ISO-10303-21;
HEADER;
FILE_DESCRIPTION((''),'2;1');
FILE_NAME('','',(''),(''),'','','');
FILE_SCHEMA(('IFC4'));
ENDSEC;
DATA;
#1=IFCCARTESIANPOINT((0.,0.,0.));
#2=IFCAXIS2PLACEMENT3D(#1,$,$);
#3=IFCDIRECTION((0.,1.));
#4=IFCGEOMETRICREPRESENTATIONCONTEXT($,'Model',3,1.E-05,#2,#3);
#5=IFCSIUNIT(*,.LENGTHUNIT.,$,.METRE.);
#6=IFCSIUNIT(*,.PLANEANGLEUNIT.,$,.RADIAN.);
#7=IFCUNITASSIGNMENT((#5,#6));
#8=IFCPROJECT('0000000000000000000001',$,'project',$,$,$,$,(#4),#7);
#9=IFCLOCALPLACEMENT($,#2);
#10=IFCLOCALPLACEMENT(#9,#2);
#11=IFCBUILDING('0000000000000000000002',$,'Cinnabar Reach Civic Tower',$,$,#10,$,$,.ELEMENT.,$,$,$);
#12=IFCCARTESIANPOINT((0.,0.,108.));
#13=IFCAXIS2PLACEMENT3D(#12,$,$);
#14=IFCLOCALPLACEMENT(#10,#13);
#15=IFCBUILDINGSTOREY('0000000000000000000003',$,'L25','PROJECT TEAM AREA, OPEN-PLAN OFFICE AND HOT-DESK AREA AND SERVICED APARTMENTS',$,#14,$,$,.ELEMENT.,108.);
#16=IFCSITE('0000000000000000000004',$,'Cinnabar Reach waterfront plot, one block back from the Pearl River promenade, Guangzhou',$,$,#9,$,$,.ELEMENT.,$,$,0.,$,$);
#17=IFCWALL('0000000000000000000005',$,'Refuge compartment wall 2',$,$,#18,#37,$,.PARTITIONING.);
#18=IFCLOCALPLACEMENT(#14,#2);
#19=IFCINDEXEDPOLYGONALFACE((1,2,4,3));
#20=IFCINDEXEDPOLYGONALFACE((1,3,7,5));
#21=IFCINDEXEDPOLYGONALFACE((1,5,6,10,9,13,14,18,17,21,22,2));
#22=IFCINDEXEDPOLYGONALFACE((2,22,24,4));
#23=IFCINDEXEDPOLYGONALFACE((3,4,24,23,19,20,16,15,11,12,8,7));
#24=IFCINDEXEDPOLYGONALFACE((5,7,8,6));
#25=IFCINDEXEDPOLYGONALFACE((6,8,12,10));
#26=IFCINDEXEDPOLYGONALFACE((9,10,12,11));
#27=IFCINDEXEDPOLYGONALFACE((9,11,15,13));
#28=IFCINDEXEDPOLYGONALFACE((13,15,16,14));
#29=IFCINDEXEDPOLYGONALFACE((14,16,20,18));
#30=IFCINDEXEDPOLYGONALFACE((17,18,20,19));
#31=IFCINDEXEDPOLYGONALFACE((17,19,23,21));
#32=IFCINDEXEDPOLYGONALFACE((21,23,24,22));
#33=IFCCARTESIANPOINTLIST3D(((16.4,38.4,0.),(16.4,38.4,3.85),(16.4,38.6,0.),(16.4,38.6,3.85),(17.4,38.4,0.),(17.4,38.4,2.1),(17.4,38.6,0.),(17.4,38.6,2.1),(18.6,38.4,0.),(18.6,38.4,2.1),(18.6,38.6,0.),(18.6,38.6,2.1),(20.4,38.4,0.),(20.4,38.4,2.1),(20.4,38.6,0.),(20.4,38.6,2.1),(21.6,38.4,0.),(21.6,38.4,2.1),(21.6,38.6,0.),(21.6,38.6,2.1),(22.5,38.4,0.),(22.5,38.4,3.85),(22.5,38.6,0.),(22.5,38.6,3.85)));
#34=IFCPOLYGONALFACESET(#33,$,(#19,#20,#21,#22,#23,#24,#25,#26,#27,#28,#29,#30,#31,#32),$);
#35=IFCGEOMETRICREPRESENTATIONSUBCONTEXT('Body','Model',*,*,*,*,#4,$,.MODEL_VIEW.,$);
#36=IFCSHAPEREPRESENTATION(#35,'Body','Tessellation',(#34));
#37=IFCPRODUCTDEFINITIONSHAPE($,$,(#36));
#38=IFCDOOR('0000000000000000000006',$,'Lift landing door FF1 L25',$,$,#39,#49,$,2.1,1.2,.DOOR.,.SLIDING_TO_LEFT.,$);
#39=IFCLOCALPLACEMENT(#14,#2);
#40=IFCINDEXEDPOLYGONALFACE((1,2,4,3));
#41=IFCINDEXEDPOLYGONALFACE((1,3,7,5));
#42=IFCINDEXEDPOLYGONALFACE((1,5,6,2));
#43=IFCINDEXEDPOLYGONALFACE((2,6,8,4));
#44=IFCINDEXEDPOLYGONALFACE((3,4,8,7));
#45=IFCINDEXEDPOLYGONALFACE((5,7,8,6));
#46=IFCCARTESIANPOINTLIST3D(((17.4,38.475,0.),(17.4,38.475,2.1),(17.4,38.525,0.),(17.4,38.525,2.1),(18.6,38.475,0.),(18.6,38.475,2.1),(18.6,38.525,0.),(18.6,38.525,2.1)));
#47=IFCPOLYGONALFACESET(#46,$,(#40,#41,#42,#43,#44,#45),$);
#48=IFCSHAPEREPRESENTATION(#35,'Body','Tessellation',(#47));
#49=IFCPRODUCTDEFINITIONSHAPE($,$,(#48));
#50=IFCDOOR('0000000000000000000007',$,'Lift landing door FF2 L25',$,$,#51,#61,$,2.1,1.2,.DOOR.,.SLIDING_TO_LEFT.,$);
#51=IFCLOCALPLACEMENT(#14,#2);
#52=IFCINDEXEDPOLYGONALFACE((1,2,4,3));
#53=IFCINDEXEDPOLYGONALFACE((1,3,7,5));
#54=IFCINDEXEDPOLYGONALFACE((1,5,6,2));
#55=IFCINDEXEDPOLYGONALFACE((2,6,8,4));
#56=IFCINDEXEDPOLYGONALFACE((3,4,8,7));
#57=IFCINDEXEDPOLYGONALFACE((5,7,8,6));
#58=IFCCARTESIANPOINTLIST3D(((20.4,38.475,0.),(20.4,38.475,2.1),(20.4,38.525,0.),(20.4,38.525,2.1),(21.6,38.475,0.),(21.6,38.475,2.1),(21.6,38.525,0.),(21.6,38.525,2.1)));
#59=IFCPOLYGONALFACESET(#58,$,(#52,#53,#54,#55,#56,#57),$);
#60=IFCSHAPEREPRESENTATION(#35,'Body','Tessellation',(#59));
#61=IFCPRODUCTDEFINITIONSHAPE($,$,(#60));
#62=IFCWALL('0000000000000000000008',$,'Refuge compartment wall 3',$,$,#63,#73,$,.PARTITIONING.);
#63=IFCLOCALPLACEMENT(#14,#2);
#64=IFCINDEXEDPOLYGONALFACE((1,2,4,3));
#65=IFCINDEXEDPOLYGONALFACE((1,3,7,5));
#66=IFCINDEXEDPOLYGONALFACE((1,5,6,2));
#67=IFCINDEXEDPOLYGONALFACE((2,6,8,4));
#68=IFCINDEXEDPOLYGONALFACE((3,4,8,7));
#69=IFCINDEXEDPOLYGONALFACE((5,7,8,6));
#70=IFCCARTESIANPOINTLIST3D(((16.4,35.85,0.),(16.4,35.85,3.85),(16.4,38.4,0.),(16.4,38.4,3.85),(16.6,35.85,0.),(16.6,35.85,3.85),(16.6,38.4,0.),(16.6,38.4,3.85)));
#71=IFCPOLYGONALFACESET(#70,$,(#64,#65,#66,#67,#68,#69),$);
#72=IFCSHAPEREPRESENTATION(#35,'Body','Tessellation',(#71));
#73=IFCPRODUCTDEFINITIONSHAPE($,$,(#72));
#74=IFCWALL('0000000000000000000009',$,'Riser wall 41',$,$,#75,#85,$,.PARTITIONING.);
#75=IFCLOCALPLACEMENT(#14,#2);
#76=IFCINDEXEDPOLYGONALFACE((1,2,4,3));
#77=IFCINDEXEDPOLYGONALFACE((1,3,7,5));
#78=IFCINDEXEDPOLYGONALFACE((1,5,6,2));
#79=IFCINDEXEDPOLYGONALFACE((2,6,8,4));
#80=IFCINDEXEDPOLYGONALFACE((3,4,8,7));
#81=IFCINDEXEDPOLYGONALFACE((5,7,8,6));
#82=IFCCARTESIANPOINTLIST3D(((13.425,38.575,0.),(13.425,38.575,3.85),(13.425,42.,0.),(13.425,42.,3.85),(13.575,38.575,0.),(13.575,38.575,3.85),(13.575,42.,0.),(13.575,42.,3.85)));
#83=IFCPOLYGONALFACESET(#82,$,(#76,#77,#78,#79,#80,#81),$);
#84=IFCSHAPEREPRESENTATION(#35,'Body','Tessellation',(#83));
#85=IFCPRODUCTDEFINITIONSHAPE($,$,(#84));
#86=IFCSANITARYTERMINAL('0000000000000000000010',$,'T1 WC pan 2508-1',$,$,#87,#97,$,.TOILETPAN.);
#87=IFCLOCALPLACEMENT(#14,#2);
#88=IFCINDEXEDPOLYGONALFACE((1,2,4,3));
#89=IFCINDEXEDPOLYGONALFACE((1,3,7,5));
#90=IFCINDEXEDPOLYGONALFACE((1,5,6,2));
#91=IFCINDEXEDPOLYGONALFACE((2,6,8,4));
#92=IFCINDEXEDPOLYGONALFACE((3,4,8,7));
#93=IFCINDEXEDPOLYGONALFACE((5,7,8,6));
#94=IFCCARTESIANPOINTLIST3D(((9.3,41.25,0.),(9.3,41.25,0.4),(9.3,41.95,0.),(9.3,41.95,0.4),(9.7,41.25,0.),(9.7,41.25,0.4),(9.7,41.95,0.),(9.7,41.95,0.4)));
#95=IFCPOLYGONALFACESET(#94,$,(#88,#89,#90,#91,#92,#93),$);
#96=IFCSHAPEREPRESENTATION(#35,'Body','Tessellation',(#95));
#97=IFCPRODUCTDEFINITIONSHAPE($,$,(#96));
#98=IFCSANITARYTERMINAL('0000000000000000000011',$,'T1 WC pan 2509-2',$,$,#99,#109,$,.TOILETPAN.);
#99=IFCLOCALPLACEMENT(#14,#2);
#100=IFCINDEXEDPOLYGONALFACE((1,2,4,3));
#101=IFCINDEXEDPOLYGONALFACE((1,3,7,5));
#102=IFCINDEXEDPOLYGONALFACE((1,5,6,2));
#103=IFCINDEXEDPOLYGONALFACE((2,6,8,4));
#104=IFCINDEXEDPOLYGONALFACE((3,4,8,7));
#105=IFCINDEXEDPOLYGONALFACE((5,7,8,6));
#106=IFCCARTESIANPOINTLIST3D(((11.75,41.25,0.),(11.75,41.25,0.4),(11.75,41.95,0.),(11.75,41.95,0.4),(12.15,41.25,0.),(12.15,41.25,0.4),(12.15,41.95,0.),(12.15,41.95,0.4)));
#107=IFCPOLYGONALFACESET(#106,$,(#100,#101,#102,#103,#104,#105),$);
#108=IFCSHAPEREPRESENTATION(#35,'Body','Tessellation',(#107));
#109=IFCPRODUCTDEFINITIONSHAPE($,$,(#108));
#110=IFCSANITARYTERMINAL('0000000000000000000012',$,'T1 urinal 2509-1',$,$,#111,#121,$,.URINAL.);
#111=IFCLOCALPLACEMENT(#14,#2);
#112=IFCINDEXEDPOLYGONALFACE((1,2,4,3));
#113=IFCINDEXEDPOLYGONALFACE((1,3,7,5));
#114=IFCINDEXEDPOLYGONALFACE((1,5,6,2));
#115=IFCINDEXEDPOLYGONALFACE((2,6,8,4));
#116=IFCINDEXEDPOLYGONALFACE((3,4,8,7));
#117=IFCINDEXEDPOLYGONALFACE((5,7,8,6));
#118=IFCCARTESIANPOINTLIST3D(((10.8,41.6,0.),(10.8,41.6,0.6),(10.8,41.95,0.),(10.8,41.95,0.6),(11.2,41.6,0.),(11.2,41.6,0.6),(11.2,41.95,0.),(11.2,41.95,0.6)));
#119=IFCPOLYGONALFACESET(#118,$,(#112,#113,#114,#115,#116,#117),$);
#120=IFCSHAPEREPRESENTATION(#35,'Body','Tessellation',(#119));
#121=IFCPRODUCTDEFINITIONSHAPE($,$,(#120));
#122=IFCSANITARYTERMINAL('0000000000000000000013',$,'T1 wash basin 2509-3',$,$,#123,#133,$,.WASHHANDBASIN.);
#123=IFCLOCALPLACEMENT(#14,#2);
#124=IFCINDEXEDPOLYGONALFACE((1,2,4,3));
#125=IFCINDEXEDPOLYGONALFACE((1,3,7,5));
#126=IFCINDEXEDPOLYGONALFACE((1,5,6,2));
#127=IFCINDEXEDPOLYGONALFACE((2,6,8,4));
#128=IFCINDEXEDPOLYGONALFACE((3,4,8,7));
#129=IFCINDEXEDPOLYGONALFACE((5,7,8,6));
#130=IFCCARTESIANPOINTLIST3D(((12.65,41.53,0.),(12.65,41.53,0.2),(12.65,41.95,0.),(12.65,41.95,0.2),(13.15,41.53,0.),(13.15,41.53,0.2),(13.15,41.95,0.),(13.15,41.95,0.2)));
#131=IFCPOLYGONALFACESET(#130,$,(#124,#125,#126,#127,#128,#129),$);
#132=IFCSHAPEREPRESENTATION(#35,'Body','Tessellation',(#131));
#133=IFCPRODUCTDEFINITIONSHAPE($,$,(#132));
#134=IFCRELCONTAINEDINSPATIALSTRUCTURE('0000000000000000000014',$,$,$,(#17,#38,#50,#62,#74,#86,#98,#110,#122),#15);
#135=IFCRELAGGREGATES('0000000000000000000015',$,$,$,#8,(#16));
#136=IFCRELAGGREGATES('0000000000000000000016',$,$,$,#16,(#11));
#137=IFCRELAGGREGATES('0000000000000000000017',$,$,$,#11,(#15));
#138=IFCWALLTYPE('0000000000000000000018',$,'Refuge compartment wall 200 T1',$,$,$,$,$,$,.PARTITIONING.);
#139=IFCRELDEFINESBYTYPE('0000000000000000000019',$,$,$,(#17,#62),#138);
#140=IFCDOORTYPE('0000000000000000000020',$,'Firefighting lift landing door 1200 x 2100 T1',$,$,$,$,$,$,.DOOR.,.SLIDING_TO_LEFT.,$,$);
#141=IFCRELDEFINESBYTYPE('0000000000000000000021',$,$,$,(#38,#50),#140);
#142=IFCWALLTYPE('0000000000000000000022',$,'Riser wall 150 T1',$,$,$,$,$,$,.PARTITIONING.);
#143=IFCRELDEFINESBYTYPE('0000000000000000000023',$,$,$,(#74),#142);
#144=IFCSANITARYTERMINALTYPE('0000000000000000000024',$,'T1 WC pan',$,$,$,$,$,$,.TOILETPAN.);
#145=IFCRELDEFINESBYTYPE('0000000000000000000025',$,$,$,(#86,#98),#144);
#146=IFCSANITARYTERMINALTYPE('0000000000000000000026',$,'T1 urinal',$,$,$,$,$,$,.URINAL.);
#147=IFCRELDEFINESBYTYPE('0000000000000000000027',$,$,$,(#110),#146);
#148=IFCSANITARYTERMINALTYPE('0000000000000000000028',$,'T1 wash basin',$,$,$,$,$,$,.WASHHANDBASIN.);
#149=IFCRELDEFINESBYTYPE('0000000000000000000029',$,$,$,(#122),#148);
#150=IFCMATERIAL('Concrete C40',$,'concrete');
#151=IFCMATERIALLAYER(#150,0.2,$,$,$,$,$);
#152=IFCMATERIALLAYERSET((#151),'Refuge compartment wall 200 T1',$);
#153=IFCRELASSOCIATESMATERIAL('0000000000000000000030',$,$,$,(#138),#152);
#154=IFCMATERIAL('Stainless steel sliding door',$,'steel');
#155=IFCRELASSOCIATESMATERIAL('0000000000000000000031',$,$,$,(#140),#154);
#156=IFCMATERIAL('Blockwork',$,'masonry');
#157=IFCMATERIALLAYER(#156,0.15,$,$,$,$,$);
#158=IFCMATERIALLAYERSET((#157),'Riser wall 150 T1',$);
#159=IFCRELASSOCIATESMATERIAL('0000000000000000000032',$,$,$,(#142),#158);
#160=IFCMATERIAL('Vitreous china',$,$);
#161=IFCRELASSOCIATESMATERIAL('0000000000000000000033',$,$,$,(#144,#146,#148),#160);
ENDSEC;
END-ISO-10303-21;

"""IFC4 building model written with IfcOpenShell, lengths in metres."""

from ifc_helpers import new_model, si_unit, direction, frame, frame_2d, origin, origin_2d, place, context, subcontext, project, spatial, rectangle, extrude, material, layer, layer_set, type_object, element, fill, save


model = new_model("IFC4")

# Units and contexts
model_context = context("Model", 3, precision=1e-05, world=origin(), true_north=direction((0.0, 1.0)))
body_context = subcontext(model_context, "Body", "Model", "MODEL_VIEW")
ifc_project = project(units=[si_unit("LENGTHUNIT", "METRE"), si_unit("PLANEANGLEUNIT", "RADIAN")], contexts=[model_context])

# Site, building, storey
site_placement = place(None, origin())
site = spatial("IfcSite", under=ifc_project, at=site_placement, Name="Cinnabar Reach waterfront plot, one block back from the Pearl River promenade, Guangzhou", CompositionType="ELEMENT", RefElevation=0.0)
building_placement = place(site_placement, origin())
building = spatial("IfcBuilding", under=site, at=building_placement, Name="Cinnabar Reach Civic Tower", CompositionType="ELEMENT")
storey_placement = place(building_placement, frame((0.0, 0.0, 108.0)))
storey = spatial("IfcBuildingStorey", under=building, at=storey_placement, Name="L25", Description="PROJECT TEAM AREA, OPEN-PLAN OFFICE AND HOT-DESK AREA AND SERVICED APARTMENTS", CompositionType="ELEMENT", Elevation=108.0)

# Shared definitions
ifc_material_1 = material(Name="Blockwork", Category="masonry")
ifc_material_2 = material(Name="Concrete C40", Category="concrete")
ifc_layer_1 = layer(ifc_material_2, 0.2)
ifc_layer_set_1 = layer_set([ifc_layer_1], Name="Refuge compartment wall 200 T1")
wall_type_1 = type_object("IfcWallType", Name="Refuge compartment wall 200 T1", PredefinedType="PARTITIONING", material=ifc_layer_set_1)

# Wall, openings, doors
wall_1_placement = place(storey_placement, frame((16.4, 38.5, 0.0), z_axis=(0.0, 0.0, 1.0), x_axis=(1.0, 0.0, 0.0)))
wall_1 = element("IfcWall", 1, at=wall_1_placement, inside=storey, type_object=wall_type_1, Name="Refuge compartment wall 2", PredefinedType="PARTITIONING", context=body_context, shape_type="SweptSolid", body=[
    extrude(rectangle(XDim=6.1, YDim=0.2, at=frame_2d((3.05, 0.0))), origin(), (0.0, 0.0, 1.0), 3.85),
])
opening_1_placement = place(wall_1_placement, frame((1.0, 0.0, 0.0)))
opening_1 = element("IfcOpeningElement", 2, at=opening_1_placement, cuts=wall_1, PredefinedType="OPENING", context=body_context, shape_type="SweptSolid", body=[
    extrude(rectangle(XDim=1.2, YDim=2.1, at=frame_2d((0.6, 1.05))), frame((0.0, 0.11, 0.0), z_axis=(0.0, -1.0, 0.0), x_axis=(1.0, 0.0, 0.0)), (0.0, 0.0, 1.0), 0.22),
])
opening_2_placement = place(wall_1_placement, frame((4.0, 0.0, 0.0)))
opening_2 = element("IfcOpeningElement", 3, at=opening_2_placement, cuts=wall_1, PredefinedType="OPENING", context=body_context, shape_type="SweptSolid", body=[
    extrude(rectangle(XDim=1.2, YDim=2.1, at=frame_2d((0.6, 1.05))), frame((0.0, 0.11, 0.0), z_axis=(0.0, -1.0, 0.0), x_axis=(1.0, 0.0, 0.0)), (0.0, 0.0, 1.0), 0.22),
])
ifc_material_3 = material(Name="Stainless steel sliding door", Category="steel")
door_type_1 = type_object("IfcDoorType", Name="Firefighting lift landing door 1200 x 2100 T1", OperationType="SLIDING_TO_LEFT", PredefinedType="DOOR", material=ifc_material_3)
door_1_placement = place(opening_1_placement, origin())
door_1 = element("IfcDoor", 4, at=door_1_placement, inside=storey, type_object=door_type_1, Name="Lift landing door FF1 L25", OperationType="SLIDING_TO_LEFT", OverallHeight=2.1, OverallWidth=1.2, PredefinedType="DOOR", context=body_context, shape_type="SweptSolid", body=[
    extrude(rectangle(XDim=1.2, YDim=2.1, at=frame_2d((0.6, 1.05))), frame((0.0, 0.025, 0.0), z_axis=(0.0, -1.0, 0.0), x_axis=(1.0, 0.0, 0.0)), (0.0, 0.0, 1.0), 0.05),
])
fill(opening_1, door_1)
door_2_placement = place(opening_2_placement, origin())
door_2 = element("IfcDoor", 5, at=door_2_placement, inside=storey, type_object=door_type_1, Name="Lift landing door FF2 L25", OperationType="SLIDING_TO_LEFT", OverallHeight=2.1, OverallWidth=1.2, PredefinedType="DOOR", context=body_context, shape_type="SweptSolid", body=[
    extrude(rectangle(XDim=1.2, YDim=2.1, at=frame_2d((0.6, 1.05))), frame((0.0, 0.025, 0.0), z_axis=(0.0, -1.0, 0.0), x_axis=(1.0, 0.0, 0.0)), (0.0, 0.0, 1.0), 0.05),
])
fill(opening_2, door_2)

# Walls
wall_2_placement = place(storey_placement, frame((16.5, 35.85, 0.0), z_axis=(0.0, 0.0, 1.0), x_axis=(0.0, 1.0, 0.0)))
element("IfcWall", 6, at=wall_2_placement, inside=storey, type_object=wall_type_1, Name="Refuge compartment wall 3", PredefinedType="PARTITIONING", context=body_context, shape_type="SweptSolid", body=[
    extrude(rectangle(XDim=2.55, YDim=0.2, at=frame_2d((1.275, 0.0))), origin(), (0.0, 0.0, 1.0), 3.85),
])
ifc_layer_2 = layer(ifc_material_1, 0.15)
ifc_layer_set_2 = layer_set([ifc_layer_2], Name="Riser wall 150 T1")
wall_type_2 = type_object("IfcWallType", Name="Riser wall 150 T1", PredefinedType="PARTITIONING", material=ifc_layer_set_2)
wall_3_placement = place(storey_placement, frame((13.5, 38.575, 0.0), z_axis=(0.0, 0.0, 1.0), x_axis=(0.0, 1.0, 0.0)))
element("IfcWall", 7, at=wall_3_placement, inside=storey, type_object=wall_type_2, Name="Riser wall 41", PredefinedType="PARTITIONING", context=body_context, shape_type="SweptSolid", body=[
    extrude(rectangle(XDim=3.425, YDim=0.15, at=frame_2d((1.7125, 0.0))), origin(), (0.0, 0.0, 1.0), 3.85),
])

# Sanitary terminals
ifc_material_4 = material(Name="Vitreous china")
sanitary_terminal_type_1 = type_object("IfcSanitaryTerminalType", Name="T1 WC pan", PredefinedType="TOILETPAN", material=ifc_material_4)
for number, where, z_axis, x_axis, name in (
    (8, (9.5, 41.6, 0.0), (0.0, 0.0, 1.0), (1.0, 0.0, 0.0), "T1 WC pan 2508-1"),
    (9, (11.95, 41.6, 0.0), (0.0, 0.0, 1.0), (1.0, 0.0, 0.0), "T1 WC pan 2509-2"),
):
    element("IfcSanitaryTerminal", number, at=place(storey_placement, frame(where, z_axis=z_axis, x_axis=x_axis)), inside=storey, type_object=sanitary_terminal_type_1, Name=name, PredefinedType="TOILETPAN", context=body_context, shape_type="SweptSolid", body=[
        extrude(rectangle(XDim=0.4, YDim=0.7, at=origin_2d()), origin(), (0.0, 0.0, 1.0), 0.4),
    ])
sanitary_terminal_type_2 = type_object("IfcSanitaryTerminalType", Name="T1 urinal", PredefinedType="URINAL", material=ifc_material_4)
sanitary_terminal_1_placement = place(storey_placement, frame((11.0, 41.775, 0.0), z_axis=(0.0, 0.0, 1.0), x_axis=(1.0, 0.0, 0.0)))
element("IfcSanitaryTerminal", 10, at=sanitary_terminal_1_placement, inside=storey, type_object=sanitary_terminal_type_2, Name="T1 urinal 2509-1", PredefinedType="URINAL", context=body_context, shape_type="SweptSolid", body=[
    extrude(rectangle(XDim=0.4, YDim=0.35, at=origin_2d()), origin(), (0.0, 0.0, 1.0), 0.6),
])
sanitary_terminal_type_3 = type_object("IfcSanitaryTerminalType", Name="T1 wash basin", PredefinedType="WASHHANDBASIN", material=ifc_material_4)
sanitary_terminal_2_placement = place(storey_placement, frame((12.9, 41.74, 0.0), z_axis=(0.0, 0.0, 1.0), x_axis=(1.0, 0.0, 0.0)))
element("IfcSanitaryTerminal", 11, at=sanitary_terminal_2_placement, inside=storey, type_object=sanitary_terminal_type_3, Name="T1 wash basin 2509-3", PredefinedType="WASHHANDBASIN", context=body_context, shape_type="SweptSolid", body=[
    extrude(rectangle(XDim=0.5, YDim=0.42, at=origin_2d()), origin(), (0.0, 0.0, 1.0), 0.2),
])

save(model, "model.ifc")
